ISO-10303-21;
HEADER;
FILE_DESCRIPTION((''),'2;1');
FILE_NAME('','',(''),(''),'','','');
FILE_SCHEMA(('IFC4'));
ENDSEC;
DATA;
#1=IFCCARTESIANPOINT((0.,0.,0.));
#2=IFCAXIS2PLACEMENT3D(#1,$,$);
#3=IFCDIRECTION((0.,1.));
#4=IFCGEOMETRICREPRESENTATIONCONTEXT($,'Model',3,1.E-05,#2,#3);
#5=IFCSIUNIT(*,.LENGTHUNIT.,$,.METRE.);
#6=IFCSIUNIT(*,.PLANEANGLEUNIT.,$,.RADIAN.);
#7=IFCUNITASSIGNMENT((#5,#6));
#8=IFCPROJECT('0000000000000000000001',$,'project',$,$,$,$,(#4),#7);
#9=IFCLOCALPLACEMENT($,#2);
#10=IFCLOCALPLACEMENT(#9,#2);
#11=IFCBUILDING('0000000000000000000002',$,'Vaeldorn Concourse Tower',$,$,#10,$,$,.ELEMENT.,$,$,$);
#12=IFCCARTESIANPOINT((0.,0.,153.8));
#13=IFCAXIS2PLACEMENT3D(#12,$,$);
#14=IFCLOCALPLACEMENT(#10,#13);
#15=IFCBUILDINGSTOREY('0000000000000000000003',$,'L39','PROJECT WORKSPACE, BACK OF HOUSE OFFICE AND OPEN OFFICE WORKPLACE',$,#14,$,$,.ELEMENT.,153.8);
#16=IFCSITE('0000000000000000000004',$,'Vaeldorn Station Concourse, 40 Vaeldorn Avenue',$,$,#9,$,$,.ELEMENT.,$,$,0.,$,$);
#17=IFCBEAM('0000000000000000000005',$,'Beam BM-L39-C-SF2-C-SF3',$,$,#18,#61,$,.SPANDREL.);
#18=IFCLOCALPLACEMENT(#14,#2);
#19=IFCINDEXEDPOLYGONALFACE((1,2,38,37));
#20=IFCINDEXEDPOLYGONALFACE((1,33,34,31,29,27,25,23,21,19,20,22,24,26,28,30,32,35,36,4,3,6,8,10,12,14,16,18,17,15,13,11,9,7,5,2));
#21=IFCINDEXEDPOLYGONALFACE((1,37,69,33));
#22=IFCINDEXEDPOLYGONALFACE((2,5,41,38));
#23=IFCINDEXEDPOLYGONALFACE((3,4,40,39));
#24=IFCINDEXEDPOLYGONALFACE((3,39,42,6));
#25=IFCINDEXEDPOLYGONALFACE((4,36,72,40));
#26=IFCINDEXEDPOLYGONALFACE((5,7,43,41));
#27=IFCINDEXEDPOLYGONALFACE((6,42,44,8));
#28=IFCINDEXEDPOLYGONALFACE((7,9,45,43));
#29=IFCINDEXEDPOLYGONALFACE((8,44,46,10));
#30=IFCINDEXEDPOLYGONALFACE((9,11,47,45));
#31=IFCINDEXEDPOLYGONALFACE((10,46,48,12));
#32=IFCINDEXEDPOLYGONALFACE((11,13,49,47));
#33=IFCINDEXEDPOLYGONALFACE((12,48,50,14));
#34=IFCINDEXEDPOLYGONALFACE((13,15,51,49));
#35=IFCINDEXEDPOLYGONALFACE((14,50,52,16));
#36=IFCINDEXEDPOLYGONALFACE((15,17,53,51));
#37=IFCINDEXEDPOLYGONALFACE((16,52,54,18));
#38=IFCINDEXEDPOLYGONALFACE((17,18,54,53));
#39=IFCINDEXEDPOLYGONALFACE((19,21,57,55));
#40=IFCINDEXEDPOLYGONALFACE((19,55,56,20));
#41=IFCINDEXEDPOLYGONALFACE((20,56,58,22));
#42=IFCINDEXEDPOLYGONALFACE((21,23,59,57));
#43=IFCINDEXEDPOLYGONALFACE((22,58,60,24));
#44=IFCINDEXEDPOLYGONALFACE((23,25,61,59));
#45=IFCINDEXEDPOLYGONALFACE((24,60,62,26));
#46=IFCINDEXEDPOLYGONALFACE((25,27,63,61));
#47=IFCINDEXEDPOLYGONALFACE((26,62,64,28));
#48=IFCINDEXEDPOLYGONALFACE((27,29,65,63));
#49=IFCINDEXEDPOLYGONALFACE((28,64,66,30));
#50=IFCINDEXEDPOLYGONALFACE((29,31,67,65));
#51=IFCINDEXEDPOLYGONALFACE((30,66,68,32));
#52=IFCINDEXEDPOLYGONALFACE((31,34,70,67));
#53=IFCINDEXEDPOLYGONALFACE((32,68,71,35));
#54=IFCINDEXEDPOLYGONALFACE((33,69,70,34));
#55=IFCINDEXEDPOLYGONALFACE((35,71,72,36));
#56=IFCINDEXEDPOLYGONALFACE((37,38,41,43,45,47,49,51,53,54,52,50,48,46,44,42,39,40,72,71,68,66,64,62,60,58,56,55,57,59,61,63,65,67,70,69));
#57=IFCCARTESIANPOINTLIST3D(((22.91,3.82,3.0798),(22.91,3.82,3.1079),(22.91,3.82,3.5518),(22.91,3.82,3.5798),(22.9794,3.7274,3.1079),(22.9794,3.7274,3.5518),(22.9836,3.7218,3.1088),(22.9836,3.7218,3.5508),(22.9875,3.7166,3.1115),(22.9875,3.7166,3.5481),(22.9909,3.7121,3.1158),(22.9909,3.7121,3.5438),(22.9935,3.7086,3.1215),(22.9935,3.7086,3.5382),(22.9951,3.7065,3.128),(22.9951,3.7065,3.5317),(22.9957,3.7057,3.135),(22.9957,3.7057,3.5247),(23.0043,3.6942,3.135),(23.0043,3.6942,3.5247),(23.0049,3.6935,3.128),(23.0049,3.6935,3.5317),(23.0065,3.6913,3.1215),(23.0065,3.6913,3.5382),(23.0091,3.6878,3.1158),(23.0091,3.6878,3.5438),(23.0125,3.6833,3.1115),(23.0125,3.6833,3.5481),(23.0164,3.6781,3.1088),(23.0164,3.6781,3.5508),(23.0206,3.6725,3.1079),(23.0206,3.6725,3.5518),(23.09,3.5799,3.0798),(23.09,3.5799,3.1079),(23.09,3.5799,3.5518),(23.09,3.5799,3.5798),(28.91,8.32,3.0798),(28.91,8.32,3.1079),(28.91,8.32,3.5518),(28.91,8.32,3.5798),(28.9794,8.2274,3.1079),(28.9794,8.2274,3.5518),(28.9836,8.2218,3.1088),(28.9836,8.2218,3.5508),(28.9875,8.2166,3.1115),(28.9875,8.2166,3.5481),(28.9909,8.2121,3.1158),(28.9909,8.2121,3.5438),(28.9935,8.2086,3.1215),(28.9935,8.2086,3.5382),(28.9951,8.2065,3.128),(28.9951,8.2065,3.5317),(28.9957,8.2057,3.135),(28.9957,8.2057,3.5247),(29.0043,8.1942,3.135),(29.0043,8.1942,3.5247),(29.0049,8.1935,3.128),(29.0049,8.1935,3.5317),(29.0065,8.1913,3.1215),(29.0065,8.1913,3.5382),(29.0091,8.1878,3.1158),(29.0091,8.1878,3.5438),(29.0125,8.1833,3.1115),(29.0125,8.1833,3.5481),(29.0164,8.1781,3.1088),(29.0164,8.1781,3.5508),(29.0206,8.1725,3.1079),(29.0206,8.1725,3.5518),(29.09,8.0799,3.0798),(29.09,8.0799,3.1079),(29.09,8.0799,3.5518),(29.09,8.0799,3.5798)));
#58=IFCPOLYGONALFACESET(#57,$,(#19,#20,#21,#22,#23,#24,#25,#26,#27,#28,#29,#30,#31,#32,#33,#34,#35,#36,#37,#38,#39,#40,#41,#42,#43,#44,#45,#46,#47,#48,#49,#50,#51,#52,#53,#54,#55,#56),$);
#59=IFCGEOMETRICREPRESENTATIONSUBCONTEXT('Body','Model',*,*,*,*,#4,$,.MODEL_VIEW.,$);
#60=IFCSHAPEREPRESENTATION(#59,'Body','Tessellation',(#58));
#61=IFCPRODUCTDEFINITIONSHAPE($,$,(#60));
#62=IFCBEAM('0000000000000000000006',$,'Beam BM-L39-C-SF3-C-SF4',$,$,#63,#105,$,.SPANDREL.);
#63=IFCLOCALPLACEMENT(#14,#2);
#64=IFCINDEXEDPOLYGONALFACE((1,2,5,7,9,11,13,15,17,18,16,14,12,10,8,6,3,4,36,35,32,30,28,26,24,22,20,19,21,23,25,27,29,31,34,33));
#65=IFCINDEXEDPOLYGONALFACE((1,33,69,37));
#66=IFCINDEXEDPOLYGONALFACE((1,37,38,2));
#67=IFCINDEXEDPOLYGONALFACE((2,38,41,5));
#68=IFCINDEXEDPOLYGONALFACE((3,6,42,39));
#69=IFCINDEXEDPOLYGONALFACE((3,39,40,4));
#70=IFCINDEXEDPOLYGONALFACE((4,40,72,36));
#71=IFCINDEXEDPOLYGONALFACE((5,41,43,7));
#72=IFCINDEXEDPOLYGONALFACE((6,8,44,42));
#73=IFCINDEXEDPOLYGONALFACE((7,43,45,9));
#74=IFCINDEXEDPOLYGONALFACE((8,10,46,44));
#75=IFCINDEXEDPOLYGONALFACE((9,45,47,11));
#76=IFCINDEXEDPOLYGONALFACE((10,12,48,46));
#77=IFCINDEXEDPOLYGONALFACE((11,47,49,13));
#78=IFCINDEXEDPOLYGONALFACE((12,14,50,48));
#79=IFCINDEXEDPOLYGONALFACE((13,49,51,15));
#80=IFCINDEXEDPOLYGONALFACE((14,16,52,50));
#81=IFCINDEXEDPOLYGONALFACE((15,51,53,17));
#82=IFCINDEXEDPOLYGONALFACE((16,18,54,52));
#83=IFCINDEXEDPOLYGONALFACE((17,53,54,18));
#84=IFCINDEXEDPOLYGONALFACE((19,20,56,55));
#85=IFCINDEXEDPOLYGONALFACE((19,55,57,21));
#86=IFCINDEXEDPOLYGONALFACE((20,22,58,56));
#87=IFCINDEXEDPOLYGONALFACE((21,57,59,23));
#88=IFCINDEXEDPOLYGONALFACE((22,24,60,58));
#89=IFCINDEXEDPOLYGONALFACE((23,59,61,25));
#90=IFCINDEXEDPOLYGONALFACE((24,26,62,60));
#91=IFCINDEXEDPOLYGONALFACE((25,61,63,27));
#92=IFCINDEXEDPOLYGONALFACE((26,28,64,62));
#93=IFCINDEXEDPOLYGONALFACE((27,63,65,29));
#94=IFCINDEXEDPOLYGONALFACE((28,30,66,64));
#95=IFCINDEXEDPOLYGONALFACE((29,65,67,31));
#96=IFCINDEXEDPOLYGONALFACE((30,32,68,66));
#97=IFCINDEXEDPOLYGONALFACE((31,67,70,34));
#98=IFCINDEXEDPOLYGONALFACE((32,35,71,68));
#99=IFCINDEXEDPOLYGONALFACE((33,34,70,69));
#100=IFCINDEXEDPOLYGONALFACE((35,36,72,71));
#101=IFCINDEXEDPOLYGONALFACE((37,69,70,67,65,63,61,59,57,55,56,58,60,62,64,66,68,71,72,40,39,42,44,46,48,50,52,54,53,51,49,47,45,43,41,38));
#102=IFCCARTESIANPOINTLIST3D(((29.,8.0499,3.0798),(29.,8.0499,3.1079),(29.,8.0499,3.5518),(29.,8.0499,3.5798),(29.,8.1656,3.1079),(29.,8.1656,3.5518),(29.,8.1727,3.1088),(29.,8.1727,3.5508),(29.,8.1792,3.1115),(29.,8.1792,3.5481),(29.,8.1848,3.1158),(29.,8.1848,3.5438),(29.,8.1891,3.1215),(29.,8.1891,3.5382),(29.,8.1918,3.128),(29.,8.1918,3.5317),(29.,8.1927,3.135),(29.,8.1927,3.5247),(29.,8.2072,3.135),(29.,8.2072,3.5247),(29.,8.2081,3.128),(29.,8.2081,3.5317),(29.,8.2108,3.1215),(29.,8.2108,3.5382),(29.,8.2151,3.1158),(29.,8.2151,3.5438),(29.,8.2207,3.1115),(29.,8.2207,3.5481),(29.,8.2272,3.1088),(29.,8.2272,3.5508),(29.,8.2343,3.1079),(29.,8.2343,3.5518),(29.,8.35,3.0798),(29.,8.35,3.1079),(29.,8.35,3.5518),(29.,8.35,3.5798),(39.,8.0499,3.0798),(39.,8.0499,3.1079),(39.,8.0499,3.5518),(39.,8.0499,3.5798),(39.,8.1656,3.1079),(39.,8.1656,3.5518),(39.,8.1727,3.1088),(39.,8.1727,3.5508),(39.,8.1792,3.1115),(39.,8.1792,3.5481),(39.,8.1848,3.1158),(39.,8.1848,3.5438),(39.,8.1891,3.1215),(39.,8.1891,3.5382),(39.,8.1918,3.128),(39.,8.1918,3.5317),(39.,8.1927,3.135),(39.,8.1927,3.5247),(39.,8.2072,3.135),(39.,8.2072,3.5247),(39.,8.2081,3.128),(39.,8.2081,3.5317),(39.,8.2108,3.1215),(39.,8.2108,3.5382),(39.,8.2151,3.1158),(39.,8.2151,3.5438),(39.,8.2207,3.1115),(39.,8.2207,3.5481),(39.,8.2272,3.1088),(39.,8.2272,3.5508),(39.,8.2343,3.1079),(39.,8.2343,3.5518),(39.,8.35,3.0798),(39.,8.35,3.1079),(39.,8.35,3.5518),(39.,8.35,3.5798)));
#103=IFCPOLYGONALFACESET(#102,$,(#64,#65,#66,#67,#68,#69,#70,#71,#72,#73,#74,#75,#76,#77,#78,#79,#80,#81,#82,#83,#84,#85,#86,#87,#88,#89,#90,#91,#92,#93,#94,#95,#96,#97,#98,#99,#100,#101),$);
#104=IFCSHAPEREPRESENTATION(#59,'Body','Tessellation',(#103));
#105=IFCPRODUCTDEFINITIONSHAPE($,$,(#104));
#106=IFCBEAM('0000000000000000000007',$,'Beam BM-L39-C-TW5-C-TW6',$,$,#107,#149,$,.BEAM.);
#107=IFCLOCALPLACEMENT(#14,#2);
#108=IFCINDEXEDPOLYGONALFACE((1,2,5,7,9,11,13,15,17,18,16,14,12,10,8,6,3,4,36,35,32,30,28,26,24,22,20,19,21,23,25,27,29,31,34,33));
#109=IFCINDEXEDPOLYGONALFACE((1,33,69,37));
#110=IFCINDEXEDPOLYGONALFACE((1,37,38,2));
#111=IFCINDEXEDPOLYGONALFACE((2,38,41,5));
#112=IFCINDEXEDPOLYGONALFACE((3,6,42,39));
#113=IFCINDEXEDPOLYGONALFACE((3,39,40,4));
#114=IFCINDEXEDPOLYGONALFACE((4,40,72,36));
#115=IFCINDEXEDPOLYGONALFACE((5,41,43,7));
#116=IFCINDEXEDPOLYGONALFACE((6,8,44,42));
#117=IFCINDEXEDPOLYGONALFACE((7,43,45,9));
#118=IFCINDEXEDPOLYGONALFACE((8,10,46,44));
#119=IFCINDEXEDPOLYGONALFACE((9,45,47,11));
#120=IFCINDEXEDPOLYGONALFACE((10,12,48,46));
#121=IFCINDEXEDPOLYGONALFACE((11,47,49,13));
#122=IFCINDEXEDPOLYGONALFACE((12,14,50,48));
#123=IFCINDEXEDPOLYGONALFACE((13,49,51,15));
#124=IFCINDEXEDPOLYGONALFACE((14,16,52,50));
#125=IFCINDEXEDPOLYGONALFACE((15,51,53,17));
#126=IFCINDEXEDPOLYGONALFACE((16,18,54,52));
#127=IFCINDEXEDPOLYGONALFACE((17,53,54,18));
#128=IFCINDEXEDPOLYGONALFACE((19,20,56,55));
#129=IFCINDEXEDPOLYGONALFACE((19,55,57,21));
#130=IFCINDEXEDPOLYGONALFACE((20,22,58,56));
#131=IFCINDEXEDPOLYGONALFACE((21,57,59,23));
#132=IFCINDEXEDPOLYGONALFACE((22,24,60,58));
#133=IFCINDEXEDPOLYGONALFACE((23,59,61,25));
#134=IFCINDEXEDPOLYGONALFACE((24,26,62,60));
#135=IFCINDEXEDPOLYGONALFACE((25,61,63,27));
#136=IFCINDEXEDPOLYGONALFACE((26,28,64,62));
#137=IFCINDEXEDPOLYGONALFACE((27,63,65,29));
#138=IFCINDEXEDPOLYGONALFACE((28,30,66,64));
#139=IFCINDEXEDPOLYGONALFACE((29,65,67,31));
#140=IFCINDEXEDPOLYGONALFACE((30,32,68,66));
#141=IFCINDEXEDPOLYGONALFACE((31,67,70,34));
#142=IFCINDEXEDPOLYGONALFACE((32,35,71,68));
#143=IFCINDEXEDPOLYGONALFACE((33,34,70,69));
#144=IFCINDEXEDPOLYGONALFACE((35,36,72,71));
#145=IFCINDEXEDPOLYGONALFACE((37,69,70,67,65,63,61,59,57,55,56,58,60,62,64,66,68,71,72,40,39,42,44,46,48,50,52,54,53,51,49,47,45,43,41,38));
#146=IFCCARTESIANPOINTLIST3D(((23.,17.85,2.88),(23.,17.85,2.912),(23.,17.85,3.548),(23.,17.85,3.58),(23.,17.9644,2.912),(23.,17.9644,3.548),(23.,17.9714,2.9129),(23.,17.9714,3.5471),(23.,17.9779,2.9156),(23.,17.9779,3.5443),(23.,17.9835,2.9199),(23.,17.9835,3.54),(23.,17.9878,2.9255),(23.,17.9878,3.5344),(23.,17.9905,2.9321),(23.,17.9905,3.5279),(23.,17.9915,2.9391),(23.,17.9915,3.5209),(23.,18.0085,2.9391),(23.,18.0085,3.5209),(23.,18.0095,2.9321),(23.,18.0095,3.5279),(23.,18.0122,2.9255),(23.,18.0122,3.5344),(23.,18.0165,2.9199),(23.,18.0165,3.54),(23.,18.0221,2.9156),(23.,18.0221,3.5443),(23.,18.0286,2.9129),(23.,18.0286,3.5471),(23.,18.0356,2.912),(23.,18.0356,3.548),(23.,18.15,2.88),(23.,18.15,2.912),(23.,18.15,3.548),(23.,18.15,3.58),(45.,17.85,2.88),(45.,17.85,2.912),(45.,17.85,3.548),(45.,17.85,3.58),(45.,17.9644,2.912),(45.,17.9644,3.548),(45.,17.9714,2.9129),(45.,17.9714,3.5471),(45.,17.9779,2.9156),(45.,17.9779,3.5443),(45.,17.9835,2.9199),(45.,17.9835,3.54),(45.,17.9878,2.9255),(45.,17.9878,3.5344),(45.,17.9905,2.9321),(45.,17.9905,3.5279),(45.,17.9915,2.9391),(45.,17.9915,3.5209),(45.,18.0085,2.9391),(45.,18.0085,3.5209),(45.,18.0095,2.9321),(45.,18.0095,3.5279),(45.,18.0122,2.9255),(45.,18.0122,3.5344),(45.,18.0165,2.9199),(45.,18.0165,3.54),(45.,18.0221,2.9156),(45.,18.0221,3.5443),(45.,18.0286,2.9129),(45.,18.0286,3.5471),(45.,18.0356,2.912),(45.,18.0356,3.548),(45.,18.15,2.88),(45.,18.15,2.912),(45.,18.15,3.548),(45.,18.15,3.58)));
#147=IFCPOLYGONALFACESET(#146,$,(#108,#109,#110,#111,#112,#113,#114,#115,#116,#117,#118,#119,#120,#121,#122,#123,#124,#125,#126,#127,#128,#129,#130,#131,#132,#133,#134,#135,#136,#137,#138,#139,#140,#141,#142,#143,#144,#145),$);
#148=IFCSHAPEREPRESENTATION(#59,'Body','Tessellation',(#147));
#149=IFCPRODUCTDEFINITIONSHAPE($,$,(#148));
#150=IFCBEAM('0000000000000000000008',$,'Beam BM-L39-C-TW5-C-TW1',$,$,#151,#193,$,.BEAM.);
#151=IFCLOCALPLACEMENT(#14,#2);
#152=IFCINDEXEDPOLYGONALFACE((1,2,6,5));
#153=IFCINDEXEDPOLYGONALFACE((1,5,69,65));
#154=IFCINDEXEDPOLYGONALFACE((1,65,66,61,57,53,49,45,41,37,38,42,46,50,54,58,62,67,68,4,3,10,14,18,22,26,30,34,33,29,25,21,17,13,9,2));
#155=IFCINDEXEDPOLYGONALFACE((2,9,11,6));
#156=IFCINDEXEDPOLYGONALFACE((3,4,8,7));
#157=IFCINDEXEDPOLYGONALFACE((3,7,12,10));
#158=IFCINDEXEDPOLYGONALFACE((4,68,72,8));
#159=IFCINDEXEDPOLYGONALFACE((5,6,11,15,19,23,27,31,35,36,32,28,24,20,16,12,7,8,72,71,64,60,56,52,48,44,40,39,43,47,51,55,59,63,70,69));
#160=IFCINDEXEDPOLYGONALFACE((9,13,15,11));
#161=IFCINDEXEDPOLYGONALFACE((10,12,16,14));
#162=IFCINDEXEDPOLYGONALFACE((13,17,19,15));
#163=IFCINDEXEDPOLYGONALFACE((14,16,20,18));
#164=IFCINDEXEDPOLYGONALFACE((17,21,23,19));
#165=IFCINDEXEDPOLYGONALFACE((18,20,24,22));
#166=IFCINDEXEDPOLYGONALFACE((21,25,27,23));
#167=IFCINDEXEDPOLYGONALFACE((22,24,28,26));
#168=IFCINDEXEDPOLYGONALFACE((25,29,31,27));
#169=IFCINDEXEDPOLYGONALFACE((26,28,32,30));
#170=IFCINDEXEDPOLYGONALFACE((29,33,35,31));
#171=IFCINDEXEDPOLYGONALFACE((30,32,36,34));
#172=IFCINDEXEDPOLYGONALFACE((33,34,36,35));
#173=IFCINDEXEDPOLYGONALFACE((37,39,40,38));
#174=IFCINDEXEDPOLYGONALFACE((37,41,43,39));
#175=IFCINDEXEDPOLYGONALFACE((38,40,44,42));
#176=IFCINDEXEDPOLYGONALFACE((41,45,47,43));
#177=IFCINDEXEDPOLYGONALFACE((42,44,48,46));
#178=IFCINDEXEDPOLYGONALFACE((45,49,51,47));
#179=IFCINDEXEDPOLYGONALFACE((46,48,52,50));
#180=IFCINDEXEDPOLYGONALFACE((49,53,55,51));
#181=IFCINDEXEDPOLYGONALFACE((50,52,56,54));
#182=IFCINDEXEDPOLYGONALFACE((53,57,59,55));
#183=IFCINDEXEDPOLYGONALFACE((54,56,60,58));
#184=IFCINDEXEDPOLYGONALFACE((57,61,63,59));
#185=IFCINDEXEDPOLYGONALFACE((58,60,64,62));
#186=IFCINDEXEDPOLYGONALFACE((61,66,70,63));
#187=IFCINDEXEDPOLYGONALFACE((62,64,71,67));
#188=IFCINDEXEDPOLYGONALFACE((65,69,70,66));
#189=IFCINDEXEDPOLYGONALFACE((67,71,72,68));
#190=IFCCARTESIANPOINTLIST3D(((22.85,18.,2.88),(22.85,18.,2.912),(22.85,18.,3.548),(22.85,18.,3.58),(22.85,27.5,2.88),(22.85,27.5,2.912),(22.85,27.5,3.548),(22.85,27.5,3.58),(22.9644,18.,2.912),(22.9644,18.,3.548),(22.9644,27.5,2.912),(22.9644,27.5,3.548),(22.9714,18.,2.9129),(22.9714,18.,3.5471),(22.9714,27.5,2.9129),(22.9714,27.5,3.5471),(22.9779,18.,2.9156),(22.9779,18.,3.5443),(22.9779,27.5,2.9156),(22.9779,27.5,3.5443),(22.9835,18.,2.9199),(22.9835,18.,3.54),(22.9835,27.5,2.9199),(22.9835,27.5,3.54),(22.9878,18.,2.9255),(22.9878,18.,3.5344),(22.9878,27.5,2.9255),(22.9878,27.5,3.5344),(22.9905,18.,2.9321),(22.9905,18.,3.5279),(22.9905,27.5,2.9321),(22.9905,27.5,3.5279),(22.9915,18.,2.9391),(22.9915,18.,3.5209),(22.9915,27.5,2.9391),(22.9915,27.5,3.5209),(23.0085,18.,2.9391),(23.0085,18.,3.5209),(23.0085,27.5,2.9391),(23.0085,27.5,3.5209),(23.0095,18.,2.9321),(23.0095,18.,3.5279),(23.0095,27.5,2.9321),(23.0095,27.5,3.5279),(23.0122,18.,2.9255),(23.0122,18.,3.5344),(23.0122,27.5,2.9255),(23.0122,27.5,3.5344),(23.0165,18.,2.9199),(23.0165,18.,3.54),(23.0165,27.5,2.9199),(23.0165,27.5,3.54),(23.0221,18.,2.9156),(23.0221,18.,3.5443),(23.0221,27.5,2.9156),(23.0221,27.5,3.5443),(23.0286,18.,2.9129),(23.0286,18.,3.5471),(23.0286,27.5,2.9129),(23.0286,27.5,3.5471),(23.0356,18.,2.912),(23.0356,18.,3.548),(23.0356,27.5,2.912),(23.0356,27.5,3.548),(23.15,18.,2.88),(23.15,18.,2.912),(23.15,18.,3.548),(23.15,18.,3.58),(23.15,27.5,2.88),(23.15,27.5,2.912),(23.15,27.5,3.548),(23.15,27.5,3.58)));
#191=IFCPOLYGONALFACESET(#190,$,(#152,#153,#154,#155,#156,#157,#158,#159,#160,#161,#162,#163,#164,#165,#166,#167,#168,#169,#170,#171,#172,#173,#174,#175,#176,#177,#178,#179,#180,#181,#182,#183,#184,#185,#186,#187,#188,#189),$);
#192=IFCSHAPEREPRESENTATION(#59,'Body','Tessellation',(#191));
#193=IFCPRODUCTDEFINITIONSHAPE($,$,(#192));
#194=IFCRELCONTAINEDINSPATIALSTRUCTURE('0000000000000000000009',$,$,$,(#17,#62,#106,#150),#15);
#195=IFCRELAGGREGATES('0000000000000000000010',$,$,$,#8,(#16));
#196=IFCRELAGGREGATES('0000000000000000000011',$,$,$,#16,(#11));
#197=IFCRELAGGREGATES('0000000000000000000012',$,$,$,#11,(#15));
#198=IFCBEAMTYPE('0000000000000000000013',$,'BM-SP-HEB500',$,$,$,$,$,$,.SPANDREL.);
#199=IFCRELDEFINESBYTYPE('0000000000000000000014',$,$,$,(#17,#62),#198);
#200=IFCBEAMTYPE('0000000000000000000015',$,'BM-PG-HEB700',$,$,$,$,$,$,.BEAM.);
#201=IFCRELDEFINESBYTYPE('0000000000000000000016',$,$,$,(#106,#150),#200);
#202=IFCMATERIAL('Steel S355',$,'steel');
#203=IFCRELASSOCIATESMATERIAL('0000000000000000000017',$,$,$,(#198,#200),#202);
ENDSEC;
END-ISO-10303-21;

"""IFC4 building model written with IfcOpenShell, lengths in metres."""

from ifc_helpers import new_model, si_unit, direction, frame, origin, origin_2d, place, context, subcontext, project, spatial, i_section, extrude, source, transform, mapped, material, material_profile, profile_set, type_object, element, save


model = new_model("IFC4")

# Units and contexts
model_context = context("Model", 3, precision=1e-05, world=origin(), true_north=direction((0.0, 1.0)))
body_context = subcontext(model_context, "Body", "Model", "MODEL_VIEW")
ifc_project = project(units=[si_unit("LENGTHUNIT", "METRE"), si_unit("PLANEANGLEUNIT", "RADIAN")], contexts=[model_context])

# Site, building, storey
site_placement = place(None, origin())
site = spatial("IfcSite", under=ifc_project, at=site_placement, Name="Vaeldorn Station Concourse, 40 Vaeldorn Avenue", CompositionType="ELEMENT", RefElevation=0.0)
building_placement = place(site_placement, origin())
building = spatial("IfcBuilding", under=site, at=building_placement, Name="Vaeldorn Concourse Tower", CompositionType="ELEMENT")
storey_placement = place(building_placement, frame((0.0, 0.0, 153.8)))
storey = spatial("IfcBuildingStorey", under=building, at=storey_placement, Name="L39", Description="PROJECT WORKSPACE, BACK OF HOUSE OFFICE AND OPEN OFFICE WORKPLACE", CompositionType="ELEMENT", Elevation=153.8)

# Beams
ifc_material_1 = material(Name="Steel S355", Category="steel")
ifc_material_profile_1 = material_profile(ifc_material_1, i_section(OverallWidth=0.3, OverallDepth=0.5, WebThickness=0.0144, FlangeThickness=0.0281, FilletRadius=0.0271, at=origin_2d()), Name="HEB 500")
ifc_profile_set_1 = profile_set([ifc_material_profile_1], Name="Steel S355")
beam_type_1 = type_object("IfcBeamType", Name="BM-SP-HEB500", PredefinedType="SPANDREL", material=ifc_profile_set_1)
shared_shape_1 = source(origin(), body_context, "Body", "SweptSolid", [
    extrude(i_section(OverallWidth=0.3, OverallDepth=0.5, WebThickness=0.0144, FlangeThickness=0.0281, FilletRadius=0.0271, at=origin_2d()), origin(), (0.0, 0.0, 1.0), 7.5),
])
beam_1_placement = place(storey_placement, frame((23.0, 3.7, 3.3298), z_axis=(0.8, 0.6, 0.0), x_axis=(-0.6, 0.8, 0.0)))
element("IfcBeam", 1, at=beam_1_placement, inside=storey, type_object=beam_type_1, Name="Beam BM-L39-C-SF2-C-SF3", PredefinedType="SPANDREL", context=body_context, shape_type="MappedRepresentation", body=[
    mapped(shared_shape_1, transform((0.0, 0.0, 0.0), scale=1.0)),
])
shared_shape_2 = source(origin(), body_context, "Body", "SweptSolid", [
    extrude(i_section(OverallWidth=0.3, OverallDepth=0.5, WebThickness=0.0144, FlangeThickness=0.0281, FilletRadius=0.0271, at=origin_2d()), origin(), (0.0, 0.0, 1.0), 10.0),
])
beam_2_placement = place(storey_placement, frame((29.0, 8.2, 3.3298), z_axis=(1.0, 0.0, 0.0), x_axis=(0.0, 1.0, 0.0)))
element("IfcBeam", 2, at=beam_2_placement, inside=storey, type_object=beam_type_1, Name="Beam BM-L39-C-SF3-C-SF4", PredefinedType="SPANDREL", context=body_context, shape_type="MappedRepresentation", body=[
    mapped(shared_shape_2, transform((0.0, 0.0, 0.0), scale=1.0)),
])
ifc_material_profile_2 = material_profile(ifc_material_1, i_section(OverallWidth=0.3, OverallDepth=0.7, WebThickness=0.0171, FlangeThickness=0.032, FilletRadius=0.0271, at=origin_2d()), Name="HEB 700")
ifc_profile_set_2 = profile_set([ifc_material_profile_2], Name="Steel S355")
beam_type_2 = type_object("IfcBeamType", Name="BM-PG-HEB700", PredefinedType="BEAM", material=ifc_profile_set_2)
shared_shape_3 = source(origin(), body_context, "Body", "SweptSolid", [
    extrude(i_section(OverallWidth=0.3, OverallDepth=0.7, WebThickness=0.0171, FlangeThickness=0.032, FilletRadius=0.0271, at=origin_2d()), origin(), (0.0, 0.0, 1.0), 22.0),
])
beam_3_placement = place(storey_placement, frame((23.0, 18.0, 3.23), z_axis=(1.0, 0.0, 0.0), x_axis=(0.0, 1.0, 0.0)))
element("IfcBeam", 3, at=beam_3_placement, inside=storey, type_object=beam_type_2, Name="Beam BM-L39-C-TW5-C-TW6", PredefinedType="BEAM", context=body_context, shape_type="MappedRepresentation", body=[
    mapped(shared_shape_3, transform((0.0, 0.0, 0.0), scale=1.0)),
])
shared_shape_4 = source(origin(), body_context, "Body", "SweptSolid", [
    extrude(i_section(OverallWidth=0.3, OverallDepth=0.7, WebThickness=0.0171, FlangeThickness=0.032, FilletRadius=0.0271, at=origin_2d()), origin(), (0.0, 0.0, 1.0), 9.5),
])
beam_4_placement = place(storey_placement, frame((23.0, 18.0, 3.23), z_axis=(0.0, 1.0, 0.0), x_axis=(-1.0, 0.0, 0.0)))
element("IfcBeam", 4, at=beam_4_placement, inside=storey, type_object=beam_type_2, Name="Beam BM-L39-C-TW5-C-TW1", PredefinedType="BEAM", context=body_context, shape_type="MappedRepresentation", body=[
    mapped(shared_shape_4, transform((0.0, 0.0, 0.0), scale=1.0)),
])

save(model, "model.ifc")
